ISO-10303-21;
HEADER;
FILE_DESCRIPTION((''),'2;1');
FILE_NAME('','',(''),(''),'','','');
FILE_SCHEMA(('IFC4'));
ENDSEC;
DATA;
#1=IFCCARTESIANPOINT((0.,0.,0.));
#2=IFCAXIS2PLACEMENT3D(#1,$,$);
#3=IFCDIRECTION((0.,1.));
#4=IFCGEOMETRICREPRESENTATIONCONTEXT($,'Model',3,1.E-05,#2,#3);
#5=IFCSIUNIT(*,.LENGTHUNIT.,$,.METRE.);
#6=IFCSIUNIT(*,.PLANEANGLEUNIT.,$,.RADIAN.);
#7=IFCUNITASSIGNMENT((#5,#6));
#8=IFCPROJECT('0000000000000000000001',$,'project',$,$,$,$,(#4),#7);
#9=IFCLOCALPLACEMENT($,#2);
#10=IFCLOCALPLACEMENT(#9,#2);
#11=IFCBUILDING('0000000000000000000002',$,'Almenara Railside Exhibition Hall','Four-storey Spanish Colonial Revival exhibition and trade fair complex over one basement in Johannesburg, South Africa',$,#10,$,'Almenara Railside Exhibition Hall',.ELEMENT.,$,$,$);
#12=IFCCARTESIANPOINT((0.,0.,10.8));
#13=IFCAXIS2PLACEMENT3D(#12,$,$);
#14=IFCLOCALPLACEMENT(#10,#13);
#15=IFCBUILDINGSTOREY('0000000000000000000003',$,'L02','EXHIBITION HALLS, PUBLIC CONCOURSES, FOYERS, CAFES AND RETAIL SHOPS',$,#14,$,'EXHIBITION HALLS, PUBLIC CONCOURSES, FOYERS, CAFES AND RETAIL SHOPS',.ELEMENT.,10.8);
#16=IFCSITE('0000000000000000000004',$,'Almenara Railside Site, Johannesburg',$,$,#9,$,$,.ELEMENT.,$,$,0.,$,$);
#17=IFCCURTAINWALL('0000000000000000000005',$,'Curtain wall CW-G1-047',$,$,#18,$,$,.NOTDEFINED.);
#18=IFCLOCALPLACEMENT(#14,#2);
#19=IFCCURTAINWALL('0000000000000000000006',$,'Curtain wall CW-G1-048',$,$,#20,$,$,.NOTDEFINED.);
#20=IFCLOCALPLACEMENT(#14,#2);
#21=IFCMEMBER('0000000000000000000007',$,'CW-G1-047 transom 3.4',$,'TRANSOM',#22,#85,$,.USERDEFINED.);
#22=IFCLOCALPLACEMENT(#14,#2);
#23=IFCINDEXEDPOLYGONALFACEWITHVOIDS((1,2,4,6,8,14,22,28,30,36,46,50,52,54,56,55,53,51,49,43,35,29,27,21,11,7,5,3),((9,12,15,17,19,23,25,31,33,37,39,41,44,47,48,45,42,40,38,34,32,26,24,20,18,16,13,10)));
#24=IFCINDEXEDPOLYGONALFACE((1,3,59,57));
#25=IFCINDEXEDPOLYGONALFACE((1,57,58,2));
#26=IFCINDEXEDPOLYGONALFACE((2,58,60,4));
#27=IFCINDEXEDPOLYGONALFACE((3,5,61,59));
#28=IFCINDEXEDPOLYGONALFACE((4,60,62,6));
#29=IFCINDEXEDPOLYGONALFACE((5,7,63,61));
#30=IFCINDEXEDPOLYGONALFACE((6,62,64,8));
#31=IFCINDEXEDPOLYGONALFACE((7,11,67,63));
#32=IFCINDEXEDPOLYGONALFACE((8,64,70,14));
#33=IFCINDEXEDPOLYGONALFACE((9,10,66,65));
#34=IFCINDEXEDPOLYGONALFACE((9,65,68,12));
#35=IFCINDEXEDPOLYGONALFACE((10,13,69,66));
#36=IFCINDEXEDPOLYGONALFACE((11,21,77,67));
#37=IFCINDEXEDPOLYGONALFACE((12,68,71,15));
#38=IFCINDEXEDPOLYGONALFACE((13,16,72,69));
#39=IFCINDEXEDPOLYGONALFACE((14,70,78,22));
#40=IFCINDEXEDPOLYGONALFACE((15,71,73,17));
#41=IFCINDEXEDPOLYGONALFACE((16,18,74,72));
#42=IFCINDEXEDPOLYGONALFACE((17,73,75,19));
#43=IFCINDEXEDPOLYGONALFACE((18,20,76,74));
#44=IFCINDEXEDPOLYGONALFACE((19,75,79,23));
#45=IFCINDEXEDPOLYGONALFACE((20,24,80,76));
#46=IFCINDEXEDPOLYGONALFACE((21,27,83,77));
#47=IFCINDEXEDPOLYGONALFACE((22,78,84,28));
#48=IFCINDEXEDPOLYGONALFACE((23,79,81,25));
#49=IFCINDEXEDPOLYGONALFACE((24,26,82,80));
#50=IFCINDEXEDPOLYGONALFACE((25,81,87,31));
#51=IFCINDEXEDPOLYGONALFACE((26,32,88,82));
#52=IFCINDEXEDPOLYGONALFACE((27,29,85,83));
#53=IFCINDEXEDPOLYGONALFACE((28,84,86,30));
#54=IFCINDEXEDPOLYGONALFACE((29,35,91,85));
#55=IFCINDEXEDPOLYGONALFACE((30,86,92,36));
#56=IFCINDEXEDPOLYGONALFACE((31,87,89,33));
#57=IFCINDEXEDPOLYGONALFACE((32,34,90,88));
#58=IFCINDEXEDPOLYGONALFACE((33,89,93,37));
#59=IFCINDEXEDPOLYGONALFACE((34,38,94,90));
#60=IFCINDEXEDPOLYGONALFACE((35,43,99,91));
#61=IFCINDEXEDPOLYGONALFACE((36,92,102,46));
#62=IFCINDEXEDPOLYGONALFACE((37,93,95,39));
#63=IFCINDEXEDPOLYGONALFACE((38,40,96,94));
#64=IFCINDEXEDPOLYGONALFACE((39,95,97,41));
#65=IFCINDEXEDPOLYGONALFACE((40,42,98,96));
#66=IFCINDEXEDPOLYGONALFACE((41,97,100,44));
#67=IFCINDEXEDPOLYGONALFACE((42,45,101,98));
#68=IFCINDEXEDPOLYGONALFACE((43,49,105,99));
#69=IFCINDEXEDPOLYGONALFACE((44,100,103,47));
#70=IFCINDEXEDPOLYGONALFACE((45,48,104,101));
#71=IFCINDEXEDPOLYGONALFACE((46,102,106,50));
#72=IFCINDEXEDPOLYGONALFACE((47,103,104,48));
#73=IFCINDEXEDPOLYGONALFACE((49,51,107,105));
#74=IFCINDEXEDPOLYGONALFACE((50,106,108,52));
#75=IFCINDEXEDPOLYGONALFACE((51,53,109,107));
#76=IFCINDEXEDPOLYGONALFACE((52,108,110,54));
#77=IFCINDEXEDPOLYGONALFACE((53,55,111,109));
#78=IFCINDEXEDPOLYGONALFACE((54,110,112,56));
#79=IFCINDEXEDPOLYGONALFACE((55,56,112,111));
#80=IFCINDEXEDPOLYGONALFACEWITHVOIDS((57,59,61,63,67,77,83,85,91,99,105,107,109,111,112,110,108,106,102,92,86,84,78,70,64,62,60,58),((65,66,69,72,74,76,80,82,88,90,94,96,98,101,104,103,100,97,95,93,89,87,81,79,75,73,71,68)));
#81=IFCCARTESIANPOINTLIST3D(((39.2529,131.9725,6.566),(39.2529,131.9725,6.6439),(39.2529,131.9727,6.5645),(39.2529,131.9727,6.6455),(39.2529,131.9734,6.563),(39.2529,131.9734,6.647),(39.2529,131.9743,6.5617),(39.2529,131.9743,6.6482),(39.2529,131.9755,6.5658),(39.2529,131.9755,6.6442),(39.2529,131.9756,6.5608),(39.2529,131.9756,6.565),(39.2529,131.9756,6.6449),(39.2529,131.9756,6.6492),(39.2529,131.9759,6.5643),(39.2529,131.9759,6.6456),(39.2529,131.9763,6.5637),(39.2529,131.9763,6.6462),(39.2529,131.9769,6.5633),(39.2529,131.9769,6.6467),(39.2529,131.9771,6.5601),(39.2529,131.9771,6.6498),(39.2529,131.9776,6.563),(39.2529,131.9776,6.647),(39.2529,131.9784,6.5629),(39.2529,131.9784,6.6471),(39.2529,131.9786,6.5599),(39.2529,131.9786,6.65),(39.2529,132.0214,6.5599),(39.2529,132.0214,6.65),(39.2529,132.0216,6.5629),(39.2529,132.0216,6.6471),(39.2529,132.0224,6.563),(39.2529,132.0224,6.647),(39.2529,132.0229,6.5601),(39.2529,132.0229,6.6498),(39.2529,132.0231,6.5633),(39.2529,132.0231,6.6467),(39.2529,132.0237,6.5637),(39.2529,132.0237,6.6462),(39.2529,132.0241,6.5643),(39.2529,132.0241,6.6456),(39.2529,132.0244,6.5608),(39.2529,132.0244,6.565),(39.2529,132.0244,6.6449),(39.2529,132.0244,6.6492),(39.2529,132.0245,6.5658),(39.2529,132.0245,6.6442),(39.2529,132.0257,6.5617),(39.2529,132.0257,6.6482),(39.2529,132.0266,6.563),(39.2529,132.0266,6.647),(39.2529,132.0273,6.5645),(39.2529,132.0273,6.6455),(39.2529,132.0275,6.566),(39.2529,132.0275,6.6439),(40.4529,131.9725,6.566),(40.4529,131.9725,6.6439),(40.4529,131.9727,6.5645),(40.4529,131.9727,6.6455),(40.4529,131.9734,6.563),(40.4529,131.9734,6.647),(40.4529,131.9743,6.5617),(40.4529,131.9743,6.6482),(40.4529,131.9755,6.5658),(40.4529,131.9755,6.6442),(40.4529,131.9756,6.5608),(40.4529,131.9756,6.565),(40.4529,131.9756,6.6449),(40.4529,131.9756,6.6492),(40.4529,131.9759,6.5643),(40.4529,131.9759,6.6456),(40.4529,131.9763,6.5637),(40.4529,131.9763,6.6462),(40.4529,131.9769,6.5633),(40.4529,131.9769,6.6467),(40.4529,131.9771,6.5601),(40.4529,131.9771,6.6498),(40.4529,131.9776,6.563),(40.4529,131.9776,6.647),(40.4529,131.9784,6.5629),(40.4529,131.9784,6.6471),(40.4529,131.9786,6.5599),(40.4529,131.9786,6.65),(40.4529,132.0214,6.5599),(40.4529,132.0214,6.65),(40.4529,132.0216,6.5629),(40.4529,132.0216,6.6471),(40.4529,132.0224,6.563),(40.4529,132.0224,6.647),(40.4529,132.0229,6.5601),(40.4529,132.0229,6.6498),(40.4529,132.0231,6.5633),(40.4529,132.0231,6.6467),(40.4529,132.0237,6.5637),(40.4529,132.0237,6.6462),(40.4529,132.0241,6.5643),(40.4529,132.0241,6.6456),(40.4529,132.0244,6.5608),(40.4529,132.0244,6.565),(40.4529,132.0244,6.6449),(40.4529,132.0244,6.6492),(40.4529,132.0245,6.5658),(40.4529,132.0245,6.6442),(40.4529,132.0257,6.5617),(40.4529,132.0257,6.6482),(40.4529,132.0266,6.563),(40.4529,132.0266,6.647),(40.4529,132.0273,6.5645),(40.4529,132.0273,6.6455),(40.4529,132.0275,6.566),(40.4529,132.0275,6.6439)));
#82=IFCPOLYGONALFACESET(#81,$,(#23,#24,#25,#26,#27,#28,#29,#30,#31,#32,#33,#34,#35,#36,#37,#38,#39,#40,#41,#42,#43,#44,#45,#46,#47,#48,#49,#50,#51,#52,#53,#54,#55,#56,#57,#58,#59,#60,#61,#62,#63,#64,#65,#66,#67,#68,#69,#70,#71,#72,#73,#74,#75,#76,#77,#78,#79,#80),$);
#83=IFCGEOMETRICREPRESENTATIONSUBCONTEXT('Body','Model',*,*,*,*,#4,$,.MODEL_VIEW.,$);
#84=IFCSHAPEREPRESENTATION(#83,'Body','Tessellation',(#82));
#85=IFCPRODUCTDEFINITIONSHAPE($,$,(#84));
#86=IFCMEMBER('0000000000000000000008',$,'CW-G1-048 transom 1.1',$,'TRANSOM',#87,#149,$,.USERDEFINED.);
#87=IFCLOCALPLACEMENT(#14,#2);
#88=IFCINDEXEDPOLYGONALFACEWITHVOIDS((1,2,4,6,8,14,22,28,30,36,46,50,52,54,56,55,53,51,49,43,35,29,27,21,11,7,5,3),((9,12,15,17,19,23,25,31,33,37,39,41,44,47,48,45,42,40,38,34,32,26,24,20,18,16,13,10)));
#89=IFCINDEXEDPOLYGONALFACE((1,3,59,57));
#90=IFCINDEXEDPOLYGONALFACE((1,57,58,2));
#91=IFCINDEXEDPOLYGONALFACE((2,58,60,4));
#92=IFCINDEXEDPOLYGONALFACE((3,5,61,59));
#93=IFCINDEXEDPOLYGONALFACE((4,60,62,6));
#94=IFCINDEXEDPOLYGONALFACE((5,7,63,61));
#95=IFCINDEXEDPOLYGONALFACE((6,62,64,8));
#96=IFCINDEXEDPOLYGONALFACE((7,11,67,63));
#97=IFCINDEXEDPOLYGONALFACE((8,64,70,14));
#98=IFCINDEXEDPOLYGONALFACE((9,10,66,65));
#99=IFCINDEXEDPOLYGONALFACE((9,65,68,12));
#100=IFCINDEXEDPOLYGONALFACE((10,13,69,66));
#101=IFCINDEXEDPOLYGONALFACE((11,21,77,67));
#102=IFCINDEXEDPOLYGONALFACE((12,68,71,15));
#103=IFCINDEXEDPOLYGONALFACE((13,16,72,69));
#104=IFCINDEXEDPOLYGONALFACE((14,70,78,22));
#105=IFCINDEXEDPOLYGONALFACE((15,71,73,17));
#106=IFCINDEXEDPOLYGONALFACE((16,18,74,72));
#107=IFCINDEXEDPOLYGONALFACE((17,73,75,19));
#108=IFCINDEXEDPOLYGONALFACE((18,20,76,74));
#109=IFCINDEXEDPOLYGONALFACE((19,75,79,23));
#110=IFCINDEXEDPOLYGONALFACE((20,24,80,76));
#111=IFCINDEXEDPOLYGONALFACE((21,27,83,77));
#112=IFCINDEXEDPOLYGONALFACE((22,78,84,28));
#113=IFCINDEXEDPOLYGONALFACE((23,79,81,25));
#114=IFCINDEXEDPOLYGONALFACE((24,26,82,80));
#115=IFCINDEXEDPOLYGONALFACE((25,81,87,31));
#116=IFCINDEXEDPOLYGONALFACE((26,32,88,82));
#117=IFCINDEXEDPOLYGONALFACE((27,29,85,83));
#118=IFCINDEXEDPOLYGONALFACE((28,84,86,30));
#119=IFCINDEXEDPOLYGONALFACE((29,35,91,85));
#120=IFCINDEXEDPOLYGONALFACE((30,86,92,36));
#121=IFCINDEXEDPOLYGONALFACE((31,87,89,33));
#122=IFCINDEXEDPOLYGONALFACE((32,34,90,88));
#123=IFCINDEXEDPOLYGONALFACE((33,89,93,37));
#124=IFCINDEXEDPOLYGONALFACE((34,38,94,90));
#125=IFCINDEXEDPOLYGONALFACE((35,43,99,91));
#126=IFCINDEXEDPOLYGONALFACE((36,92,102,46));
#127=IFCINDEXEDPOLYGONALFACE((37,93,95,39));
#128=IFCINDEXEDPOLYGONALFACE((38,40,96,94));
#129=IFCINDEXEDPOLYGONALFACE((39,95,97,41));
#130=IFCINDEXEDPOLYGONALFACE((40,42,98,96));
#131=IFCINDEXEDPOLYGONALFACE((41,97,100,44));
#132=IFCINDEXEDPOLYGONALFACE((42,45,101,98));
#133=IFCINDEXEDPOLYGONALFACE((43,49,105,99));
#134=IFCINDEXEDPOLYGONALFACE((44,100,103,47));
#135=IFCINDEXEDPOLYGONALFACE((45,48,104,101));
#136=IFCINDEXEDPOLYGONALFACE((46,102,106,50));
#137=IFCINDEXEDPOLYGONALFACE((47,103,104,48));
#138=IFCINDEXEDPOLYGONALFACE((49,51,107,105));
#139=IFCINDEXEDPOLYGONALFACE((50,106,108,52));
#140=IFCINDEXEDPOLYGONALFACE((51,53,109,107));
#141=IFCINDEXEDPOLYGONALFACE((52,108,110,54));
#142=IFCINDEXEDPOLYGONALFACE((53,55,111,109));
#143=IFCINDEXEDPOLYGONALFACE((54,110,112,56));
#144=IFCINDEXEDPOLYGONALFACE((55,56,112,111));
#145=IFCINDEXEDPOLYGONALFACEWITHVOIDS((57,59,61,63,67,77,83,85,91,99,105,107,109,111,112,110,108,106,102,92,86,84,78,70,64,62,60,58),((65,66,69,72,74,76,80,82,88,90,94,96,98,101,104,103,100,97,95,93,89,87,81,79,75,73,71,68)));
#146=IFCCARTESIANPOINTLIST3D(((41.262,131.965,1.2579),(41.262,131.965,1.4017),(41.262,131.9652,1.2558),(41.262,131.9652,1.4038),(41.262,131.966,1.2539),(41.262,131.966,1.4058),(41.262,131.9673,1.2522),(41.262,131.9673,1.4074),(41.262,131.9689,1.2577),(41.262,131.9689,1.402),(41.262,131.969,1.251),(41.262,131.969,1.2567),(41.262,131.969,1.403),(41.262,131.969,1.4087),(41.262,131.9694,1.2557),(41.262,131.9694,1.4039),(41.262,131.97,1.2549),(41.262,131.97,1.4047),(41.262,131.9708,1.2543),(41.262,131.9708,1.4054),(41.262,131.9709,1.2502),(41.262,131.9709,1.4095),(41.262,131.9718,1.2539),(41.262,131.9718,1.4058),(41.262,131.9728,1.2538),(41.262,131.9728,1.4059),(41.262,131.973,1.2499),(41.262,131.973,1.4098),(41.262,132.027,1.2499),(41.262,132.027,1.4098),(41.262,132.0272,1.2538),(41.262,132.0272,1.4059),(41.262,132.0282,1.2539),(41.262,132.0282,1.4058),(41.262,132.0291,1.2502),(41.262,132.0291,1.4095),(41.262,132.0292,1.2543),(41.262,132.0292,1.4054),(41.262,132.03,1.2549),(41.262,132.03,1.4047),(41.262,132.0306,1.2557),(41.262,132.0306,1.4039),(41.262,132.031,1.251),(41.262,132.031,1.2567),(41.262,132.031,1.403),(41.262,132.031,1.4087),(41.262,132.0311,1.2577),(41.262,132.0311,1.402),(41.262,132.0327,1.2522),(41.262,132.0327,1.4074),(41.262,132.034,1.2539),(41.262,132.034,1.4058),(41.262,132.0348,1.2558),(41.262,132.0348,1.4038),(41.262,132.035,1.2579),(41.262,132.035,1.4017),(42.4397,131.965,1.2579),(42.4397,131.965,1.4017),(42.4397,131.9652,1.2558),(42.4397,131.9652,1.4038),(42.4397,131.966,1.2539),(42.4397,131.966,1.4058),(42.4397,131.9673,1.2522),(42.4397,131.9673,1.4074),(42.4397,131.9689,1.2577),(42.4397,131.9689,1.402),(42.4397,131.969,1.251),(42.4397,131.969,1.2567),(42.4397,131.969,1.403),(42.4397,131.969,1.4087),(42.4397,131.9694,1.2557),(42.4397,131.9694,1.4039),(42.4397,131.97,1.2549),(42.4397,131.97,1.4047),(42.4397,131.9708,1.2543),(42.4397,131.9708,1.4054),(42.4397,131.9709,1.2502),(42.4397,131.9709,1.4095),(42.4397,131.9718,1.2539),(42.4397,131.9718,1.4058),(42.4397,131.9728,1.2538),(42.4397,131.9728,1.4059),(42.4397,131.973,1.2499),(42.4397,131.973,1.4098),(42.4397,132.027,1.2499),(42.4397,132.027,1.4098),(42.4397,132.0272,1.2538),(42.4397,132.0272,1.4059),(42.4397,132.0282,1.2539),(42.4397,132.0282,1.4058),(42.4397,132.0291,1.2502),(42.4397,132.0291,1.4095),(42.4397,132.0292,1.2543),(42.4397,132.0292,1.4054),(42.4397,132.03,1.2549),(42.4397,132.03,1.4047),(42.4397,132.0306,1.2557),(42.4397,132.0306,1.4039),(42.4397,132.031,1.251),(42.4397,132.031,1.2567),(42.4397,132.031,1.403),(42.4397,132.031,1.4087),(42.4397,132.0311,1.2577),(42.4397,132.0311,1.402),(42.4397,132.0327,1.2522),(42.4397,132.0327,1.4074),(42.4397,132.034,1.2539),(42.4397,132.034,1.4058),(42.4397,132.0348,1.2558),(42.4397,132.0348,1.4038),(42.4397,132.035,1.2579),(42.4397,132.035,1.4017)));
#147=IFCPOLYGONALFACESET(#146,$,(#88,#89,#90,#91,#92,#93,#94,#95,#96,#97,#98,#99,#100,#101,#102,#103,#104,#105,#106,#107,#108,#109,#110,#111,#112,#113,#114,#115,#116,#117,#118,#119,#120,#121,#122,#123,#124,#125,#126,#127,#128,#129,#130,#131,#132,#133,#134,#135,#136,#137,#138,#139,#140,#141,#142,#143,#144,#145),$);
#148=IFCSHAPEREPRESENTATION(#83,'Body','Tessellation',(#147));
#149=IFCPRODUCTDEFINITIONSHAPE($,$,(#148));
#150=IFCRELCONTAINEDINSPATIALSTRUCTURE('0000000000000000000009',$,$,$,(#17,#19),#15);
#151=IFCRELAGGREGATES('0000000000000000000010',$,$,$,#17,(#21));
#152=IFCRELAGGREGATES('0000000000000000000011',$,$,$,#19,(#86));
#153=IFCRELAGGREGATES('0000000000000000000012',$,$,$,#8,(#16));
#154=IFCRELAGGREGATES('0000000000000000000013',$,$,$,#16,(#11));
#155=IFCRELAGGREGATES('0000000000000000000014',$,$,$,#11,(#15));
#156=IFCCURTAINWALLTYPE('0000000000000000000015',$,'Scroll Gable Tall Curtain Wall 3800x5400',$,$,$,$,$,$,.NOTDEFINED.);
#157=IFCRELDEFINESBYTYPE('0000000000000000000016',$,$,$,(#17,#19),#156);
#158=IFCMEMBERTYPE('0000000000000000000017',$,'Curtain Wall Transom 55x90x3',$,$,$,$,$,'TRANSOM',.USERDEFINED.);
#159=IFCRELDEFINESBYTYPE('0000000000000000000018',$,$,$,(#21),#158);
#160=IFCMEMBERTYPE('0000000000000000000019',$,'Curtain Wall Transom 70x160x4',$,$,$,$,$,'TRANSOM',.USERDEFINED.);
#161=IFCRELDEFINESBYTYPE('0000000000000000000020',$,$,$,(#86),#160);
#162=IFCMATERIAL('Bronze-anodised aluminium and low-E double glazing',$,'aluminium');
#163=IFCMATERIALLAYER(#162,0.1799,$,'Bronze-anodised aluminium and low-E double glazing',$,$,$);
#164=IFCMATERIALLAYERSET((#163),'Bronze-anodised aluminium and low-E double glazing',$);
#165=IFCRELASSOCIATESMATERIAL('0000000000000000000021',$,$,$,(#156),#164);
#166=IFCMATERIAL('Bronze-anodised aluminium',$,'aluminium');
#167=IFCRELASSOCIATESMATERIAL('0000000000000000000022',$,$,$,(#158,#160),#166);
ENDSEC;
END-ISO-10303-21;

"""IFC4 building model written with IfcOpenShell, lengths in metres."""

from ifc_helpers import new_model, si_unit, direction, frame, origin, origin_2d, place, context, subcontext, project, spatial, hollow_rectangle, extrude, material, layer, layer_set, material_profile, profile_set, type_object, element, aggregate, save


model = new_model("IFC4")

# Units and contexts
model_context = context("Model", 3, precision=1e-05, world=origin(), true_north=direction((0.0, 1.0)))
body_context = subcontext(model_context, "Body", "Model", "MODEL_VIEW")
ifc_project = project(units=[si_unit("LENGTHUNIT", "METRE"), si_unit("PLANEANGLEUNIT", "RADIAN")], contexts=[model_context])

# Site, building, storey
site_placement = place(None, origin())
site = spatial("IfcSite", under=ifc_project, at=site_placement, Name="Almenara Railside Site, Johannesburg", CompositionType="ELEMENT", RefElevation=0.0)
building_placement = place(site_placement, origin())
building = spatial("IfcBuilding", under=site, at=building_placement, Name="Almenara Railside Exhibition Hall", Description="Four-storey Spanish Colonial Revival exhibition and trade fair complex over one basement in Johannesburg, South Africa", LongName="Almenara Railside Exhibition Hall", CompositionType="ELEMENT")
storey_placement = place(building_placement, frame((0.0, 0.0, 10.8)))
storey = spatial("IfcBuildingStorey", under=building, at=storey_placement, Name="L02", Description="EXHIBITION HALLS, PUBLIC CONCOURSES, FOYERS, CAFES AND RETAIL SHOPS", LongName="EXHIBITION HALLS, PUBLIC CONCOURSES, FOYERS, CAFES AND RETAIL SHOPS", CompositionType="ELEMENT", Elevation=10.8)

# Curtain walls
ifc_material_1 = material(Name="Bronze-anodised aluminium and low-E double glazing", Category="aluminium")
ifc_layer_1 = layer(ifc_material_1, 0.1799, Name="Bronze-anodised aluminium and low-E double glazing")
ifc_layer_set_1 = layer_set([ifc_layer_1], Name="Bronze-anodised aluminium and low-E double glazing")
curtain_wall_type = type_object("IfcCurtainWallType", Name="Scroll Gable Tall Curtain Wall 3800x5400", PredefinedType="NOTDEFINED", material=ifc_layer_set_1)
curtain_wall_1_placement = place(storey_placement, origin())
curtain_wall_1 = element("IfcCurtainWall", 1, at=curtain_wall_1_placement, inside=storey, type_object=curtain_wall_type, Name="Curtain wall CW-G1-047", PredefinedType="NOTDEFINED")
ifc_material_2 = material(Name="Bronze-anodised aluminium", Category="aluminium")
curtain_wall_2_placement = place(storey_placement, origin())
curtain_wall_2 = element("IfcCurtainWall", 2, at=curtain_wall_2_placement, inside=storey, type_object=curtain_wall_type, Name="Curtain wall CW-G1-048", PredefinedType="NOTDEFINED")

# Members
ifc_material_profile_1 = material_profile(ifc_material_2, hollow_rectangle(XDim=0.0549, YDim=0.0901, WallThickness=0.0029, InnerFilletRadius=0.0029, OuterFilletRadius=0.0061, at=origin_2d()), Name="ALU-TRN 55x90x3")
ifc_profile_set_1 = profile_set([ifc_material_profile_1], Name="Bronze-anodised aluminium")
member_type_1 = type_object("IfcMemberType", Name="Curtain Wall Transom 55x90x3", ElementType="TRANSOM", PredefinedType="USERDEFINED", material=ifc_profile_set_1)
member_1_placement = place(storey_placement, frame((39.2529, 132.0, 6.605), z_axis=(1.0, 0.0, 0.0), x_axis=(0.0, 1.0, 0.0)))
member_1 = element("IfcMember", 3, at=member_1_placement, type_object=member_type_1, Name="CW-G1-047 transom 3.4", ObjectType="TRANSOM", PredefinedType="USERDEFINED", context=body_context, shape_type="SweptSolid", body=[
    extrude(hollow_rectangle(XDim=0.0549, YDim=0.0901, WallThickness=0.0029, InnerFilletRadius=0.0029, OuterFilletRadius=0.0061, at=origin_2d()), origin(), (0.0, 0.0, 1.0), 1.2),
])
ifc_material_profile_2 = material_profile(ifc_material_2, hollow_rectangle(XDim=0.0701, YDim=0.1599, WallThickness=0.0039, InnerFilletRadius=0.0039, OuterFilletRadius=0.0081, at=origin_2d()), Name="ALU-TRN 70x160x4")
ifc_profile_set_2 = profile_set([ifc_material_profile_2], Name="Bronze-anodised aluminium")
member_type_2 = type_object("IfcMemberType", Name="Curtain Wall Transom 70x160x4", ElementType="TRANSOM", PredefinedType="USERDEFINED", material=ifc_profile_set_2)
member_2_placement = place(storey_placement, frame((41.262, 132.0, 1.3298), z_axis=(1.0, 0.0, 0.0), x_axis=(0.0, 1.0, 0.0)))
member_2 = element("IfcMember", 4, at=member_2_placement, type_object=member_type_2, Name="CW-G1-048 transom 1.1", ObjectType="TRANSOM", PredefinedType="USERDEFINED", context=body_context, shape_type="SweptSolid", body=[
    extrude(hollow_rectangle(XDim=0.0701, YDim=0.1599, WallThickness=0.0039, InnerFilletRadius=0.0039, OuterFilletRadius=0.0081, at=origin_2d()), origin(), (0.0, 0.0, 1.0), 1.1777),
])

aggregate(curtain_wall_1, [member_1])
aggregate(curtain_wall_2, [member_2])

save(model, "model.ifc")
